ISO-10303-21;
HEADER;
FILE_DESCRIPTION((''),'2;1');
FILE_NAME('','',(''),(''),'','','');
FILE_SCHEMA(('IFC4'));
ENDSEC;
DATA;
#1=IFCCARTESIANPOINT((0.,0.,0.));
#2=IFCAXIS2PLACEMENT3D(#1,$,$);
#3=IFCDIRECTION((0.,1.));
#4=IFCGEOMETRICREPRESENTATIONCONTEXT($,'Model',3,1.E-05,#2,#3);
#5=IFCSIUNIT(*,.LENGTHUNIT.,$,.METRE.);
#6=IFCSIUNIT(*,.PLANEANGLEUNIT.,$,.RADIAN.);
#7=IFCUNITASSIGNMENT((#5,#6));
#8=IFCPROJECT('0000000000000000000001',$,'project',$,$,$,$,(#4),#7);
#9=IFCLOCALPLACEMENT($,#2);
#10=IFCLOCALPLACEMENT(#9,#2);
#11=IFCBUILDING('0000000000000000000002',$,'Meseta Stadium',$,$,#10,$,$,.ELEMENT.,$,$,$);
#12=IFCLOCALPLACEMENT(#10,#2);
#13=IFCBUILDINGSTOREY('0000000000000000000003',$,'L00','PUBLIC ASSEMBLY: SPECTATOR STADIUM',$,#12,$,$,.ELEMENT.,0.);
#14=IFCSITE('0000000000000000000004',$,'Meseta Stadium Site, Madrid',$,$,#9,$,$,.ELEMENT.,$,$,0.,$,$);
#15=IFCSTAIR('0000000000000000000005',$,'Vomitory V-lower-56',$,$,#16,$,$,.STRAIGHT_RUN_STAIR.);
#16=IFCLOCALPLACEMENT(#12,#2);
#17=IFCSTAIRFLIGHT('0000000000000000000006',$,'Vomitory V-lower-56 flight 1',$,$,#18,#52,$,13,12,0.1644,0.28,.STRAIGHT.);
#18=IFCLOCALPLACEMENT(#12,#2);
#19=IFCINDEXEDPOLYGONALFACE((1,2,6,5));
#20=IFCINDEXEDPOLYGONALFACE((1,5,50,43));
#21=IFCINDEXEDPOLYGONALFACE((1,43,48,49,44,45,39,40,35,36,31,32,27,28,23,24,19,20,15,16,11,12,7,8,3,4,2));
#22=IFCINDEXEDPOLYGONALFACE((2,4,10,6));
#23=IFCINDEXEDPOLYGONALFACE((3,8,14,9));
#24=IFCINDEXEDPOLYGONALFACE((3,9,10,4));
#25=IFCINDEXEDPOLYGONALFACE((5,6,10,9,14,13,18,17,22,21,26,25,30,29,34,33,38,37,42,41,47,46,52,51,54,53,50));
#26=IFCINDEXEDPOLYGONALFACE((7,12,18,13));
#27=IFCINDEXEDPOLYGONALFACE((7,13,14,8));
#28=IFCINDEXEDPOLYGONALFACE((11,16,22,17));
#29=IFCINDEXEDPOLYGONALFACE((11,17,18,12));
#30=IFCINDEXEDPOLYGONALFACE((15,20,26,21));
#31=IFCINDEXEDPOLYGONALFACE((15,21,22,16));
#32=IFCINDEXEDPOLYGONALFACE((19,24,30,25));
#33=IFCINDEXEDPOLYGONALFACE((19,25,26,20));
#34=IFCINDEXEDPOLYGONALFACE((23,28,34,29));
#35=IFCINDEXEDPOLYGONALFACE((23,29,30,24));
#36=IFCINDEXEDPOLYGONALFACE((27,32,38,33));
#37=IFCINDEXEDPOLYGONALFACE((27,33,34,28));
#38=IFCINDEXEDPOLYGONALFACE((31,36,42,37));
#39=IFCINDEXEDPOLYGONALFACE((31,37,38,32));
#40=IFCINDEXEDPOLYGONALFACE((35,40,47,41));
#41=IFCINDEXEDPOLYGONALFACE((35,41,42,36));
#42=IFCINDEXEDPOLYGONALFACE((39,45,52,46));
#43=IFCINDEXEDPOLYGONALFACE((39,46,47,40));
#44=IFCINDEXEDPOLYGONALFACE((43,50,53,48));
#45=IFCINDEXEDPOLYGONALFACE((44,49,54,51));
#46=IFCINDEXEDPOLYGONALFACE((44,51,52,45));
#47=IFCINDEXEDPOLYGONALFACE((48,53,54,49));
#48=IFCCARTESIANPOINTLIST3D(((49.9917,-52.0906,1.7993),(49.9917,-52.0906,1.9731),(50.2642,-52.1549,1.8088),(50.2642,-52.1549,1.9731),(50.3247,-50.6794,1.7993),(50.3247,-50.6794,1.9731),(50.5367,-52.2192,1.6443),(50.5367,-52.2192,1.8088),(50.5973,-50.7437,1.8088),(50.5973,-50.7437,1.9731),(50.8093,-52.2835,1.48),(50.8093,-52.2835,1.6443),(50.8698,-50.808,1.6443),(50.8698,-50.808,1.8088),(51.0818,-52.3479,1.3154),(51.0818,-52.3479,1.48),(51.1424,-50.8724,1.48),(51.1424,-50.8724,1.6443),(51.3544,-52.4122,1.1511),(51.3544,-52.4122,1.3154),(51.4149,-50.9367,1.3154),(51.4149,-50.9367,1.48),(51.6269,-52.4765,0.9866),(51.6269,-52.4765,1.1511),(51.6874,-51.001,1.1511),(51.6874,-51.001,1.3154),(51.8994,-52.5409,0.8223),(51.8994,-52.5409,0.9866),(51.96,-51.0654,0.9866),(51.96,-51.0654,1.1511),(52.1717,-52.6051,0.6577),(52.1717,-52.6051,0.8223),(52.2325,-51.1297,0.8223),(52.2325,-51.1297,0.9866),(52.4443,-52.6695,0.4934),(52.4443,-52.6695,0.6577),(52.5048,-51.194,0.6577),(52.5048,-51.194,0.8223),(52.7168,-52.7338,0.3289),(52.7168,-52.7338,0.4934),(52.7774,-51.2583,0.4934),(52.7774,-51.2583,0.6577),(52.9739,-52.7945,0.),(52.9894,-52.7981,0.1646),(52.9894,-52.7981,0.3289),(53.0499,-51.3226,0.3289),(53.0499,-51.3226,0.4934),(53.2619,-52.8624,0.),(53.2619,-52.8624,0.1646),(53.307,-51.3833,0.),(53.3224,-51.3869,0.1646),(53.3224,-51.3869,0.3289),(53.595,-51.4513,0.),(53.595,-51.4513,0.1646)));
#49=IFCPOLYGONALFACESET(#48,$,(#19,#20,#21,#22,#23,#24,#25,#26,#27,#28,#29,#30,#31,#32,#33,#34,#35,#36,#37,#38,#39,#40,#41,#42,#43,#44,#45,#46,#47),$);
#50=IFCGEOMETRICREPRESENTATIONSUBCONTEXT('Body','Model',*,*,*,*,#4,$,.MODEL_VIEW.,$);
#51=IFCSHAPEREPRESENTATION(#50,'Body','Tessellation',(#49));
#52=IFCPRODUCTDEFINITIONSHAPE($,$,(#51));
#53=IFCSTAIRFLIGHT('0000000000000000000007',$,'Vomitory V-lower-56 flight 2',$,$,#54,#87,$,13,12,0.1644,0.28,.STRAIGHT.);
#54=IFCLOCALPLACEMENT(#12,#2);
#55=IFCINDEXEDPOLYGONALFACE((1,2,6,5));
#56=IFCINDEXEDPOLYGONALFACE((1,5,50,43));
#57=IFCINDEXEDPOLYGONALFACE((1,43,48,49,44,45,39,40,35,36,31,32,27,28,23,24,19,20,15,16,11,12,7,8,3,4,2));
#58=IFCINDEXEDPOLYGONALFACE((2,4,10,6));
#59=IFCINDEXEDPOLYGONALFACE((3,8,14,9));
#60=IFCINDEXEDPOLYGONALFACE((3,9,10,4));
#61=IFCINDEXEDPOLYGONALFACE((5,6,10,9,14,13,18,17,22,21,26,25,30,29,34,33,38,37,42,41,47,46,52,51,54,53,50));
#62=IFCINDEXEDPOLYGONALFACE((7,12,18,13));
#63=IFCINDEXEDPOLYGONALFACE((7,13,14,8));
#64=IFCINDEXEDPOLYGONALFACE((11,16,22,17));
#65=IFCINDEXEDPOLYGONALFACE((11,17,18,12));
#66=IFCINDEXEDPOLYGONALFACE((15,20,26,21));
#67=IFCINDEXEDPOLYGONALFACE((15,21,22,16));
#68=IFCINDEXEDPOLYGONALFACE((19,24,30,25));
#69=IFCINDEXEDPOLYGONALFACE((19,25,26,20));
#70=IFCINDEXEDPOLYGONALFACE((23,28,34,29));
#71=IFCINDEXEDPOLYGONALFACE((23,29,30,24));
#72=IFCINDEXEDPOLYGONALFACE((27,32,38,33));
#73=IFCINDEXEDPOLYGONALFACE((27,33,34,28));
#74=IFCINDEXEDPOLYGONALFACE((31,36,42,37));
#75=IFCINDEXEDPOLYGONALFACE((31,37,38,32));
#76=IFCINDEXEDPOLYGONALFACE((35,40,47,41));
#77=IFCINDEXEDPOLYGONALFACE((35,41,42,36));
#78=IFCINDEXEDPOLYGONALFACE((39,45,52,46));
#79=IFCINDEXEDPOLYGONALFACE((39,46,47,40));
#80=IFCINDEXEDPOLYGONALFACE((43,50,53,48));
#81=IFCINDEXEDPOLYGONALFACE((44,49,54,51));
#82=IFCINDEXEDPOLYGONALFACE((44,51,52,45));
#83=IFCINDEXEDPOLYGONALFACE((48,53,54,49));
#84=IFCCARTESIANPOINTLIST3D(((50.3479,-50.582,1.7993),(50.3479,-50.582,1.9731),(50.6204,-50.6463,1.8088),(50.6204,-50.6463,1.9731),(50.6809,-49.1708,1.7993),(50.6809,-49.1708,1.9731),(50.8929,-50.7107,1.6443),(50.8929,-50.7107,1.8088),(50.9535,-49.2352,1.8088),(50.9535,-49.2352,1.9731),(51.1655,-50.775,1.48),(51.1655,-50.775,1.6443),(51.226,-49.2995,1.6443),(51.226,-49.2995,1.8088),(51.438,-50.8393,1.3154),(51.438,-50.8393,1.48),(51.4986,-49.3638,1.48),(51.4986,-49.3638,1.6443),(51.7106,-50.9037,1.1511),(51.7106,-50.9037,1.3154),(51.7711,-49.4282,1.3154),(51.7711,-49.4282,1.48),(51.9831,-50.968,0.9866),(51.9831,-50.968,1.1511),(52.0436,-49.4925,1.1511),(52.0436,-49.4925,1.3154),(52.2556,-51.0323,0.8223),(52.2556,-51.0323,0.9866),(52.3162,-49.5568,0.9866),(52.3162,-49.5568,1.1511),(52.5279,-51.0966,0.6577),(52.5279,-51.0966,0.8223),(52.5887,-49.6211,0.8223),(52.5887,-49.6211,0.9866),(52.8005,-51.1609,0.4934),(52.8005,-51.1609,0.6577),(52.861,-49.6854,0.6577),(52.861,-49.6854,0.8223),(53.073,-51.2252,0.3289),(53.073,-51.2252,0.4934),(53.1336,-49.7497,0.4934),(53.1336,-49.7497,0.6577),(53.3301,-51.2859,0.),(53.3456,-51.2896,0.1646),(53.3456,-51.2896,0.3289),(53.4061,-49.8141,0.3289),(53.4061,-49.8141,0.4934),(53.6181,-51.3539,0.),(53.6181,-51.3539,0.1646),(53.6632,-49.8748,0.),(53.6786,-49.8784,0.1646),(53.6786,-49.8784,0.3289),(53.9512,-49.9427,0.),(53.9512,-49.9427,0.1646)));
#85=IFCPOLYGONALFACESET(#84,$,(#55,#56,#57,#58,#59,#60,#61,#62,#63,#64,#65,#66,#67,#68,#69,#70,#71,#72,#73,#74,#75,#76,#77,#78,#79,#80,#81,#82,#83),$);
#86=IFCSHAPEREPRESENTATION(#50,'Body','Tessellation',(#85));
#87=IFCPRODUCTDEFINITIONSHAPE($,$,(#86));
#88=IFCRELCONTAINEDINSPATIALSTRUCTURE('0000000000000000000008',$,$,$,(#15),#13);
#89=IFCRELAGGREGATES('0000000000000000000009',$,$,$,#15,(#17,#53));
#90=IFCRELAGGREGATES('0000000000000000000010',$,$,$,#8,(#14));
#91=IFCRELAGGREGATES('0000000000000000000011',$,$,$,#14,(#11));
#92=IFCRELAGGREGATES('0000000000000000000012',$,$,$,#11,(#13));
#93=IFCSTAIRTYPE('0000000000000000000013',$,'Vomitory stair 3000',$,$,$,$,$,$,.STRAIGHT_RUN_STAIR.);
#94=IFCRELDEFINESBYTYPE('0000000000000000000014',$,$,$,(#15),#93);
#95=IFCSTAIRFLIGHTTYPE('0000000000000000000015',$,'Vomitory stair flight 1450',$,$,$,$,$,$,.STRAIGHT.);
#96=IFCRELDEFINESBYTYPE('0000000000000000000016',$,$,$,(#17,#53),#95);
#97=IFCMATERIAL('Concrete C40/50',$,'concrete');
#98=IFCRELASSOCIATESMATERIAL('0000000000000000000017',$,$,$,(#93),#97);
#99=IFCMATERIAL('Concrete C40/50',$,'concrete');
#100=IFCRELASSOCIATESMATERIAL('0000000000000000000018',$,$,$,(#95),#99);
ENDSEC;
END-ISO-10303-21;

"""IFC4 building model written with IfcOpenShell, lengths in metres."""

from ifc_helpers import new_model, si_unit, direction, frame, origin, place, context, subcontext, project, spatial, polyline, outline, extrude, material, type_object, element, aggregate, save


model = new_model("IFC4")

# Units and contexts
model_context = context("Model", 3, precision=1e-05, world=origin(), true_north=direction((0.0, 1.0)))
body_context = subcontext(model_context, "Body", "Model", "MODEL_VIEW")
ifc_project = project(units=[si_unit("LENGTHUNIT", "METRE"), si_unit("PLANEANGLEUNIT", "RADIAN")], contexts=[model_context])

# Site, building, storey
site_placement = place(None, origin())
site = spatial("IfcSite", under=ifc_project, at=site_placement, Name="Meseta Stadium Site, Madrid", CompositionType="ELEMENT", RefElevation=0.0)
building_placement = place(site_placement, origin())
building = spatial("IfcBuilding", under=site, at=building_placement, Name="Meseta Stadium", CompositionType="ELEMENT")
storey_placement = place(building_placement, origin())
storey = spatial("IfcBuildingStorey", under=building, at=storey_placement, Name="L00", Description="PUBLIC ASSEMBLY: SPECTATOR STADIUM", CompositionType="ELEMENT", Elevation=0.0)

# Shared definitions
ifc_material_1 = material(Name="Concrete C40/50", Category="concrete")
stair_type = type_object("IfcStairType", Name="Vomitory stair 3000", PredefinedType="STRAIGHT_RUN_STAIR", material=ifc_material_1)
ifc_material_2 = material(Name="Concrete C40/50", Category="concrete")
stair_flight_type = type_object("IfcStairFlightType", Name="Vomitory stair flight 1450", PredefinedType="STRAIGHT", material=ifc_material_2)

# Stair, stair flights
stair_1_placement = place(storey_placement, origin())
stair_1 = element("IfcStair", 1, at=stair_1_placement, inside=storey, type_object=stair_type, Name="Vomitory V-lower-56", PredefinedType="STRAIGHT_RUN_STAIR")
stair_flight_1_placement = place(storey_placement, frame((53.4285, -52.1567, 0.0), z_axis=(0.0, 0.0, 1.0), x_axis=(-0.973256, 0.229722, 0.0)))
stair_flight_1 = element("IfcStairFlight", 2, at=stair_flight_1_placement, type_object=stair_flight_type, Name="Vomitory V-lower-56 flight 1", NumberOfRisers=13, NumberOfTreads=12, PredefinedType="STRAIGHT", RiserHeight=0.1644, TreadLength=0.28, context=body_context, shape_type="SweptSolid", body=[
    extrude(outline(polyline([(0.0, 0.0), (0.0, 0.1646), (0.28, 0.1646), (0.28, 0.3289), (0.5601, 0.3289), (0.5601, 0.4934), (0.8401, 0.4934), (0.8401, 0.6577), (1.1201, 0.6577), (1.1201, 0.8223), (1.3999, 0.8223), (1.3999, 0.9866), (1.6799, 0.9866), (1.6799, 1.1511), (1.96, 1.1511), (1.96, 1.3154), (2.24, 1.3154), (2.24, 1.48), (2.52, 1.48), (2.52, 1.6443), (2.8, 1.6443), (2.8, 1.8088), (3.0801, 1.8088), (3.0801, 1.9731), (3.3601, 1.9731), (3.3601, 1.7993), (0.2959, 0.0), (0.0, 0.0)])), frame((0.0, 0.7251, 0.0), z_axis=(0.0, -1.0, 0.0), x_axis=(1.0, 0.0, 0.0)), (0.0, 0.0, 1.0), 1.45),
])
stair_flight_2_placement = place(storey_placement, frame((53.7847, -50.6482, 0.0), z_axis=(0.0, 0.0, 1.0), x_axis=(-0.973256, 0.229722, 0.0)))
stair_flight_2 = element("IfcStairFlight", 3, at=stair_flight_2_placement, type_object=stair_flight_type, Name="Vomitory V-lower-56 flight 2", NumberOfRisers=13, NumberOfTreads=12, PredefinedType="STRAIGHT", RiserHeight=0.1644, TreadLength=0.28, context=body_context, shape_type="SweptSolid", body=[
    extrude(outline(polyline([(0.0, 0.0), (0.0, 0.1646), (0.28, 0.1646), (0.28, 0.3289), (0.5601, 0.3289), (0.5601, 0.4934), (0.8401, 0.4934), (0.8401, 0.6577), (1.1201, 0.6577), (1.1201, 0.8223), (1.3999, 0.8223), (1.3999, 0.9866), (1.6799, 0.9866), (1.6799, 1.1511), (1.96, 1.1511), (1.96, 1.3154), (2.24, 1.3154), (2.24, 1.48), (2.52, 1.48), (2.52, 1.6443), (2.8, 1.6443), (2.8, 1.8088), (3.0801, 1.8088), (3.0801, 1.9731), (3.3601, 1.9731), (3.3601, 1.7993), (0.2959, 0.0), (0.0, 0.0)])), frame((0.0, 0.7251, 0.0), z_axis=(0.0, -1.0, 0.0), x_axis=(1.0, 0.0, 0.0)), (0.0, 0.0, 1.0), 1.45),
])
aggregate(stair_1, [stair_flight_1, stair_flight_2])

save(model, "model.ifc")
